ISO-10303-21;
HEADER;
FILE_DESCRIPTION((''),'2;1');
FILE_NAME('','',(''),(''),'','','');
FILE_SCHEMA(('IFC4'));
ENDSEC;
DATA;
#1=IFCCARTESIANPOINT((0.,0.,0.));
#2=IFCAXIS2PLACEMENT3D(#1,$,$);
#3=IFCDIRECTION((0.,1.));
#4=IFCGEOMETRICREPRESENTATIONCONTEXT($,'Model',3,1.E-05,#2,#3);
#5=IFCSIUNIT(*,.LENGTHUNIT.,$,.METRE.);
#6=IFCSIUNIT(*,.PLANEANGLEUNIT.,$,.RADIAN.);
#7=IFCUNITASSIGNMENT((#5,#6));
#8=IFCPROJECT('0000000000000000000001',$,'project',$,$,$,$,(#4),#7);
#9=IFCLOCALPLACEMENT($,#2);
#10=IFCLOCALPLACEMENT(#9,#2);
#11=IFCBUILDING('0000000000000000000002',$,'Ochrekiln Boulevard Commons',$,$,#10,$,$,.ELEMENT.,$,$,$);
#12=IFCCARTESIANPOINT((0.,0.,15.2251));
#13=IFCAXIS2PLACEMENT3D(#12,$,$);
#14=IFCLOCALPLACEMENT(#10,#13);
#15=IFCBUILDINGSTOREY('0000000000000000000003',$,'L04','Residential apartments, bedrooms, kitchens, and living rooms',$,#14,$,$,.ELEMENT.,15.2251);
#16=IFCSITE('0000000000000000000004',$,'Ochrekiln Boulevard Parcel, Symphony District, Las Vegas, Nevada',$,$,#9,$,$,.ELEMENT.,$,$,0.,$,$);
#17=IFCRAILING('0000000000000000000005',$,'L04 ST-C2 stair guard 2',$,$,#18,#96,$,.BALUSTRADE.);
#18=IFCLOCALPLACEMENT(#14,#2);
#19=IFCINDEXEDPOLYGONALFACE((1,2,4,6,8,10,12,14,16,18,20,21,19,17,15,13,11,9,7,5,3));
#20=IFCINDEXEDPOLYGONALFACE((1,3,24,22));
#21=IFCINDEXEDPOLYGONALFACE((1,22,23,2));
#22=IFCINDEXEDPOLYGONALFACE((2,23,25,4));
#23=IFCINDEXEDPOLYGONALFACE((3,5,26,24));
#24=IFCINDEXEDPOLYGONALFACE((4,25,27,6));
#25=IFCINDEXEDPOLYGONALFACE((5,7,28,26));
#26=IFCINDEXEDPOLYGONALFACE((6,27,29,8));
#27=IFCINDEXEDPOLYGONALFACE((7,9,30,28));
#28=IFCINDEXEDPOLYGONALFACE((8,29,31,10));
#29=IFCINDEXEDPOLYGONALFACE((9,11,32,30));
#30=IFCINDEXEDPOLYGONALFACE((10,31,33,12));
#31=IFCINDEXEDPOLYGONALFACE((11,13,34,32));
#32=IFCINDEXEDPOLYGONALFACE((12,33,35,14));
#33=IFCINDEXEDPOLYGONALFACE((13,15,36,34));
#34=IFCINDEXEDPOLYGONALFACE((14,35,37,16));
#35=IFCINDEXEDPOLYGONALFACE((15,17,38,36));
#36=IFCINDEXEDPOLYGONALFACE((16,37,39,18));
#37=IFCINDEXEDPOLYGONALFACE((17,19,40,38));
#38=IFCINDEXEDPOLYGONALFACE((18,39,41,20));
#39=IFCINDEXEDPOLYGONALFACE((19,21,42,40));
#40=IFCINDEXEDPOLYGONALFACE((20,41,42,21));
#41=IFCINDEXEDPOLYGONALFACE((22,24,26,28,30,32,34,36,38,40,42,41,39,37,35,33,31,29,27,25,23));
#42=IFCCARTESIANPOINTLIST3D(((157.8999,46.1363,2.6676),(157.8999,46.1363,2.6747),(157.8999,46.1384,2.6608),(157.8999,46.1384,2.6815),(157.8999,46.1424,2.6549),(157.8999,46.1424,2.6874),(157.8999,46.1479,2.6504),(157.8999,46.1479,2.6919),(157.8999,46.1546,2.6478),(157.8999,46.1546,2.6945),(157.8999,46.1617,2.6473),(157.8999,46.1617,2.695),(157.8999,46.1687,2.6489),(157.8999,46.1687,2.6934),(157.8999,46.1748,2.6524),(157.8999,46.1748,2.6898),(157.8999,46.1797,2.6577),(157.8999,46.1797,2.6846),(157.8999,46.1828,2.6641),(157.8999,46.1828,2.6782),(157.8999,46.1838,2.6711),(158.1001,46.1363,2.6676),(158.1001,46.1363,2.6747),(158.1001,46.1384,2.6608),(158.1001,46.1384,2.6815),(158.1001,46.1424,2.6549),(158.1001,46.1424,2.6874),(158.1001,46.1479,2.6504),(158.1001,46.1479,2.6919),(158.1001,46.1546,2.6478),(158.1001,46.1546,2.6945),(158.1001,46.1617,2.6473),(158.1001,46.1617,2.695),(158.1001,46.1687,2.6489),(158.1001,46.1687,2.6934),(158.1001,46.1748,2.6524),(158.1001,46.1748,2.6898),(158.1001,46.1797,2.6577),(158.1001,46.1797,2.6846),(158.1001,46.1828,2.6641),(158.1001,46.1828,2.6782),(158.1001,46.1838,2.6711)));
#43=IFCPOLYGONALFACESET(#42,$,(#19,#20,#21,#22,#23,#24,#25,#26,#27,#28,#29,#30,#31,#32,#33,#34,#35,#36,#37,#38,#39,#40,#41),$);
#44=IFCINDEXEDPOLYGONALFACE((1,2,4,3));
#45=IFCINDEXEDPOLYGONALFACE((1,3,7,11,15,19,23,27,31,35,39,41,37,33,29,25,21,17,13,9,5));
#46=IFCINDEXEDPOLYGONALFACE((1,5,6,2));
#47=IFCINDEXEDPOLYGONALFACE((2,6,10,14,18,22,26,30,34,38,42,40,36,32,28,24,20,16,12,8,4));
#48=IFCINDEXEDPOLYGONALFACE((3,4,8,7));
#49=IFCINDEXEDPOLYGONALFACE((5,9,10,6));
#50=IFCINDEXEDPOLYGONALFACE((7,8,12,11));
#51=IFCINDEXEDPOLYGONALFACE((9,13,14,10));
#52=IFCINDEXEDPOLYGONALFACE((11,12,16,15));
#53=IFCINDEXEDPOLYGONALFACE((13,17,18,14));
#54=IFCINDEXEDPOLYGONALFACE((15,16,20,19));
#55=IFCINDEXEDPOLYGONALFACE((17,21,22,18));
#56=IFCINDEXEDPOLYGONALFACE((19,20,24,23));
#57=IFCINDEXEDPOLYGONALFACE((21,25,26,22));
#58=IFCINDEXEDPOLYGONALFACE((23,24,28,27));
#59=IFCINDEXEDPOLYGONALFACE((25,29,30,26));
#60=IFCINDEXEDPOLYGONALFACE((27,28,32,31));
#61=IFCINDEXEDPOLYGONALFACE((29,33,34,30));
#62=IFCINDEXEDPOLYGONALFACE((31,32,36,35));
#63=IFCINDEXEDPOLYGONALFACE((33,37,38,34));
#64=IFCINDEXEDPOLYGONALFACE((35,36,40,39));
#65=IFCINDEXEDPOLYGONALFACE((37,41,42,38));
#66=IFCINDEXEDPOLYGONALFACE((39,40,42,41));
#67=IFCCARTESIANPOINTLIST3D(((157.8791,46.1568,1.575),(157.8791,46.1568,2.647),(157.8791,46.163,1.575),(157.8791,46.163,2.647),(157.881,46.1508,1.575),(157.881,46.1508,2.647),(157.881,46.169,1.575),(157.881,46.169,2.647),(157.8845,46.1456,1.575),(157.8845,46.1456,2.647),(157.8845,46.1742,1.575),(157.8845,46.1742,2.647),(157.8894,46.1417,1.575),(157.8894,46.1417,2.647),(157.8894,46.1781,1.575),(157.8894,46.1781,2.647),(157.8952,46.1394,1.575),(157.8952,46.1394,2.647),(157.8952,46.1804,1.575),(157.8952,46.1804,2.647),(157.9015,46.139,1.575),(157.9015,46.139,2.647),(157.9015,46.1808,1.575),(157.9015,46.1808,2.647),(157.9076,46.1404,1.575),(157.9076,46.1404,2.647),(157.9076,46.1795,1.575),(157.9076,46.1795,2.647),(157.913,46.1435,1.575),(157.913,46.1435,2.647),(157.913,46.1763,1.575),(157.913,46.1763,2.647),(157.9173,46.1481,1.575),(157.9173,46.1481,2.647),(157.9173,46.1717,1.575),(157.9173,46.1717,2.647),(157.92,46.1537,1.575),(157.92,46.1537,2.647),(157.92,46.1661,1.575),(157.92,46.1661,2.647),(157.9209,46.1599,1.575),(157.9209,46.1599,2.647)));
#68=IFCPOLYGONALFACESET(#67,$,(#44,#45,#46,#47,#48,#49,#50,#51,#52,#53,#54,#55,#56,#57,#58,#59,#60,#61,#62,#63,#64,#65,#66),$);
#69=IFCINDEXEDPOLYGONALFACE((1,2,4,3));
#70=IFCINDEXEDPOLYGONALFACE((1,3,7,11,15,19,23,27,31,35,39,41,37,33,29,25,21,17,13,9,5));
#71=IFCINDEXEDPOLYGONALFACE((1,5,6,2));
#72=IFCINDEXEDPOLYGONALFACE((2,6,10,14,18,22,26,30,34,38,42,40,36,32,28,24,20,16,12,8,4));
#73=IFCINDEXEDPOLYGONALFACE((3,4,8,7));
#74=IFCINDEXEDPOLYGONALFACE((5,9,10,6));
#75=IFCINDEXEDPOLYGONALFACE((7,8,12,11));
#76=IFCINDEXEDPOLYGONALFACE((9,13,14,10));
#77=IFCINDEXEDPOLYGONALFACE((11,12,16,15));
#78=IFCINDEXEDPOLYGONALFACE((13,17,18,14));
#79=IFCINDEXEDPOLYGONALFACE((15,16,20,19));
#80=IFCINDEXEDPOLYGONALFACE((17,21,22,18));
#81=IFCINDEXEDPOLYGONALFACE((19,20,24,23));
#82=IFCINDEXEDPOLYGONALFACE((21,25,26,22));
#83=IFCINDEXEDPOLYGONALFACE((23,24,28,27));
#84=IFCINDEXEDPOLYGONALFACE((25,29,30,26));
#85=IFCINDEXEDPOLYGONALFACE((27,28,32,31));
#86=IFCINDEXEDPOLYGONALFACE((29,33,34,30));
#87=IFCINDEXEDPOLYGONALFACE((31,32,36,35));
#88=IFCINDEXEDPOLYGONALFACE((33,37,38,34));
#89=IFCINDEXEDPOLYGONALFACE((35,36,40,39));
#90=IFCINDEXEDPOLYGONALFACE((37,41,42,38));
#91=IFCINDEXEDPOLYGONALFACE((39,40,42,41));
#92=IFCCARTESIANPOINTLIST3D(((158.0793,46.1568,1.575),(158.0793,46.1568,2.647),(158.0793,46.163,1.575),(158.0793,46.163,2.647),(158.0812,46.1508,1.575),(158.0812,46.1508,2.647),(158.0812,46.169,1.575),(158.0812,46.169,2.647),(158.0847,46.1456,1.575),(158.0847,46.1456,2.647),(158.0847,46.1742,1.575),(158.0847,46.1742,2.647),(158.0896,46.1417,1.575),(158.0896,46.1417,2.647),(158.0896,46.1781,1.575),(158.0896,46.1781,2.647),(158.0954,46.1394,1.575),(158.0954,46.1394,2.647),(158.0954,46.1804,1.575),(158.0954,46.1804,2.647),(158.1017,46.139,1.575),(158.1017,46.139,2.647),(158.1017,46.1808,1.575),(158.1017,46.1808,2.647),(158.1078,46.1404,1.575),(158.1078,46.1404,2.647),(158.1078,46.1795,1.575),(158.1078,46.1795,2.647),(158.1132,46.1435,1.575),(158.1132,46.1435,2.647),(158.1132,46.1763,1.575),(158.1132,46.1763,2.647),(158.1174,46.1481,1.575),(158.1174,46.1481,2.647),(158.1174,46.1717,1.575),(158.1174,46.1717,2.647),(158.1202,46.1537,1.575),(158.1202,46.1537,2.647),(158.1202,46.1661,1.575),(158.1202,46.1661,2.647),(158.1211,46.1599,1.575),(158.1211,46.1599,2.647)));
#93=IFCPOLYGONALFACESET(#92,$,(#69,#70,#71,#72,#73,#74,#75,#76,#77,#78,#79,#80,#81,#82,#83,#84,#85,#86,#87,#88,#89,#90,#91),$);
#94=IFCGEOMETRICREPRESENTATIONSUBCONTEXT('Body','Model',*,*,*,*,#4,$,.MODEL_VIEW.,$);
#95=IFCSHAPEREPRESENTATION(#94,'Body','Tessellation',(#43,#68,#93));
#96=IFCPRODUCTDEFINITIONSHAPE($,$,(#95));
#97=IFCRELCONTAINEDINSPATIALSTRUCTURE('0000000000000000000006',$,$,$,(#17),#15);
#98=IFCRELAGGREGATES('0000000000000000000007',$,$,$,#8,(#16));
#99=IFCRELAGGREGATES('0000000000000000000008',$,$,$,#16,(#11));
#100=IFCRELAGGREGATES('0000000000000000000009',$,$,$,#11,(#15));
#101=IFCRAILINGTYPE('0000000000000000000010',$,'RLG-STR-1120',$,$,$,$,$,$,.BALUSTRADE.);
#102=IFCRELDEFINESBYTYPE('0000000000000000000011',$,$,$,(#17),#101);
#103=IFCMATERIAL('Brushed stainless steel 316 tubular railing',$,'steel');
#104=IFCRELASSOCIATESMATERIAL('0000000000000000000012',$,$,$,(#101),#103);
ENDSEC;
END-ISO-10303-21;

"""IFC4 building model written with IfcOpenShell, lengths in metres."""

from ifc_helpers import new_model, si_unit, direction, frame, origin, origin_2d, place, context, subcontext, project, spatial, circle, extrude, material, type_object, element, save


model = new_model("IFC4")

# Units and contexts
model_context = context("Model", 3, precision=1e-05, world=origin(), true_north=direction((0.0, 1.0)))
body_context = subcontext(model_context, "Body", "Model", "MODEL_VIEW")
ifc_project = project(units=[si_unit("LENGTHUNIT", "METRE"), si_unit("PLANEANGLEUNIT", "RADIAN")], contexts=[model_context])

# Site, building, storey
site_placement = place(None, origin())
site = spatial("IfcSite", under=ifc_project, at=site_placement, Name="Ochrekiln Boulevard Parcel, Symphony District, Las Vegas, Nevada", CompositionType="ELEMENT", RefElevation=0.0)
building_placement = place(site_placement, origin())
building = spatial("IfcBuilding", under=site, at=building_placement, Name="Ochrekiln Boulevard Commons", CompositionType="ELEMENT")
storey_placement = place(building_placement, frame((0.0, 0.0, 15.2251)))
storey = spatial("IfcBuildingStorey", under=building, at=storey_placement, Name="L04", Description="Residential apartments, bedrooms, kitchens, and living rooms", CompositionType="ELEMENT", Elevation=15.2251)

# Railing
ifc_material_1 = material(Name="Brushed stainless steel 316 tubular railing", Category="steel")
railing_type_1 = type_object("IfcRailingType", Name="RLG-STR-1120", PredefinedType="BALUSTRADE", material=ifc_material_1)
railing_1_placement = place(storey_placement, frame((157.8999, 46.1599, 1.575)))
element("IfcRailing", 1, at=railing_1_placement, inside=storey, type_object=railing_type_1, Name="L04 ST-C2 stair guard 2", PredefinedType="BALUSTRADE", context=body_context, shape_type="SweptSolid", body=[
    extrude(circle(Radius=0.0239, at=origin_2d()), frame((0.0, 0.0, 1.0962), z_axis=(1.0, 0.0, 0.0), x_axis=(0.0, 1.0, 0.0)), (0.0, 0.0, 1.0), 0.2002),
    extrude(circle(Radius=0.021, at=origin_2d()), origin(), (0.0, 0.0, 1.0), 1.072),
    extrude(circle(Radius=0.021, at=origin_2d()), frame((0.2002, 0.0, 0.0)), (0.0, 0.0, 1.0), 1.072),
])

save(model, "model.ifc")
